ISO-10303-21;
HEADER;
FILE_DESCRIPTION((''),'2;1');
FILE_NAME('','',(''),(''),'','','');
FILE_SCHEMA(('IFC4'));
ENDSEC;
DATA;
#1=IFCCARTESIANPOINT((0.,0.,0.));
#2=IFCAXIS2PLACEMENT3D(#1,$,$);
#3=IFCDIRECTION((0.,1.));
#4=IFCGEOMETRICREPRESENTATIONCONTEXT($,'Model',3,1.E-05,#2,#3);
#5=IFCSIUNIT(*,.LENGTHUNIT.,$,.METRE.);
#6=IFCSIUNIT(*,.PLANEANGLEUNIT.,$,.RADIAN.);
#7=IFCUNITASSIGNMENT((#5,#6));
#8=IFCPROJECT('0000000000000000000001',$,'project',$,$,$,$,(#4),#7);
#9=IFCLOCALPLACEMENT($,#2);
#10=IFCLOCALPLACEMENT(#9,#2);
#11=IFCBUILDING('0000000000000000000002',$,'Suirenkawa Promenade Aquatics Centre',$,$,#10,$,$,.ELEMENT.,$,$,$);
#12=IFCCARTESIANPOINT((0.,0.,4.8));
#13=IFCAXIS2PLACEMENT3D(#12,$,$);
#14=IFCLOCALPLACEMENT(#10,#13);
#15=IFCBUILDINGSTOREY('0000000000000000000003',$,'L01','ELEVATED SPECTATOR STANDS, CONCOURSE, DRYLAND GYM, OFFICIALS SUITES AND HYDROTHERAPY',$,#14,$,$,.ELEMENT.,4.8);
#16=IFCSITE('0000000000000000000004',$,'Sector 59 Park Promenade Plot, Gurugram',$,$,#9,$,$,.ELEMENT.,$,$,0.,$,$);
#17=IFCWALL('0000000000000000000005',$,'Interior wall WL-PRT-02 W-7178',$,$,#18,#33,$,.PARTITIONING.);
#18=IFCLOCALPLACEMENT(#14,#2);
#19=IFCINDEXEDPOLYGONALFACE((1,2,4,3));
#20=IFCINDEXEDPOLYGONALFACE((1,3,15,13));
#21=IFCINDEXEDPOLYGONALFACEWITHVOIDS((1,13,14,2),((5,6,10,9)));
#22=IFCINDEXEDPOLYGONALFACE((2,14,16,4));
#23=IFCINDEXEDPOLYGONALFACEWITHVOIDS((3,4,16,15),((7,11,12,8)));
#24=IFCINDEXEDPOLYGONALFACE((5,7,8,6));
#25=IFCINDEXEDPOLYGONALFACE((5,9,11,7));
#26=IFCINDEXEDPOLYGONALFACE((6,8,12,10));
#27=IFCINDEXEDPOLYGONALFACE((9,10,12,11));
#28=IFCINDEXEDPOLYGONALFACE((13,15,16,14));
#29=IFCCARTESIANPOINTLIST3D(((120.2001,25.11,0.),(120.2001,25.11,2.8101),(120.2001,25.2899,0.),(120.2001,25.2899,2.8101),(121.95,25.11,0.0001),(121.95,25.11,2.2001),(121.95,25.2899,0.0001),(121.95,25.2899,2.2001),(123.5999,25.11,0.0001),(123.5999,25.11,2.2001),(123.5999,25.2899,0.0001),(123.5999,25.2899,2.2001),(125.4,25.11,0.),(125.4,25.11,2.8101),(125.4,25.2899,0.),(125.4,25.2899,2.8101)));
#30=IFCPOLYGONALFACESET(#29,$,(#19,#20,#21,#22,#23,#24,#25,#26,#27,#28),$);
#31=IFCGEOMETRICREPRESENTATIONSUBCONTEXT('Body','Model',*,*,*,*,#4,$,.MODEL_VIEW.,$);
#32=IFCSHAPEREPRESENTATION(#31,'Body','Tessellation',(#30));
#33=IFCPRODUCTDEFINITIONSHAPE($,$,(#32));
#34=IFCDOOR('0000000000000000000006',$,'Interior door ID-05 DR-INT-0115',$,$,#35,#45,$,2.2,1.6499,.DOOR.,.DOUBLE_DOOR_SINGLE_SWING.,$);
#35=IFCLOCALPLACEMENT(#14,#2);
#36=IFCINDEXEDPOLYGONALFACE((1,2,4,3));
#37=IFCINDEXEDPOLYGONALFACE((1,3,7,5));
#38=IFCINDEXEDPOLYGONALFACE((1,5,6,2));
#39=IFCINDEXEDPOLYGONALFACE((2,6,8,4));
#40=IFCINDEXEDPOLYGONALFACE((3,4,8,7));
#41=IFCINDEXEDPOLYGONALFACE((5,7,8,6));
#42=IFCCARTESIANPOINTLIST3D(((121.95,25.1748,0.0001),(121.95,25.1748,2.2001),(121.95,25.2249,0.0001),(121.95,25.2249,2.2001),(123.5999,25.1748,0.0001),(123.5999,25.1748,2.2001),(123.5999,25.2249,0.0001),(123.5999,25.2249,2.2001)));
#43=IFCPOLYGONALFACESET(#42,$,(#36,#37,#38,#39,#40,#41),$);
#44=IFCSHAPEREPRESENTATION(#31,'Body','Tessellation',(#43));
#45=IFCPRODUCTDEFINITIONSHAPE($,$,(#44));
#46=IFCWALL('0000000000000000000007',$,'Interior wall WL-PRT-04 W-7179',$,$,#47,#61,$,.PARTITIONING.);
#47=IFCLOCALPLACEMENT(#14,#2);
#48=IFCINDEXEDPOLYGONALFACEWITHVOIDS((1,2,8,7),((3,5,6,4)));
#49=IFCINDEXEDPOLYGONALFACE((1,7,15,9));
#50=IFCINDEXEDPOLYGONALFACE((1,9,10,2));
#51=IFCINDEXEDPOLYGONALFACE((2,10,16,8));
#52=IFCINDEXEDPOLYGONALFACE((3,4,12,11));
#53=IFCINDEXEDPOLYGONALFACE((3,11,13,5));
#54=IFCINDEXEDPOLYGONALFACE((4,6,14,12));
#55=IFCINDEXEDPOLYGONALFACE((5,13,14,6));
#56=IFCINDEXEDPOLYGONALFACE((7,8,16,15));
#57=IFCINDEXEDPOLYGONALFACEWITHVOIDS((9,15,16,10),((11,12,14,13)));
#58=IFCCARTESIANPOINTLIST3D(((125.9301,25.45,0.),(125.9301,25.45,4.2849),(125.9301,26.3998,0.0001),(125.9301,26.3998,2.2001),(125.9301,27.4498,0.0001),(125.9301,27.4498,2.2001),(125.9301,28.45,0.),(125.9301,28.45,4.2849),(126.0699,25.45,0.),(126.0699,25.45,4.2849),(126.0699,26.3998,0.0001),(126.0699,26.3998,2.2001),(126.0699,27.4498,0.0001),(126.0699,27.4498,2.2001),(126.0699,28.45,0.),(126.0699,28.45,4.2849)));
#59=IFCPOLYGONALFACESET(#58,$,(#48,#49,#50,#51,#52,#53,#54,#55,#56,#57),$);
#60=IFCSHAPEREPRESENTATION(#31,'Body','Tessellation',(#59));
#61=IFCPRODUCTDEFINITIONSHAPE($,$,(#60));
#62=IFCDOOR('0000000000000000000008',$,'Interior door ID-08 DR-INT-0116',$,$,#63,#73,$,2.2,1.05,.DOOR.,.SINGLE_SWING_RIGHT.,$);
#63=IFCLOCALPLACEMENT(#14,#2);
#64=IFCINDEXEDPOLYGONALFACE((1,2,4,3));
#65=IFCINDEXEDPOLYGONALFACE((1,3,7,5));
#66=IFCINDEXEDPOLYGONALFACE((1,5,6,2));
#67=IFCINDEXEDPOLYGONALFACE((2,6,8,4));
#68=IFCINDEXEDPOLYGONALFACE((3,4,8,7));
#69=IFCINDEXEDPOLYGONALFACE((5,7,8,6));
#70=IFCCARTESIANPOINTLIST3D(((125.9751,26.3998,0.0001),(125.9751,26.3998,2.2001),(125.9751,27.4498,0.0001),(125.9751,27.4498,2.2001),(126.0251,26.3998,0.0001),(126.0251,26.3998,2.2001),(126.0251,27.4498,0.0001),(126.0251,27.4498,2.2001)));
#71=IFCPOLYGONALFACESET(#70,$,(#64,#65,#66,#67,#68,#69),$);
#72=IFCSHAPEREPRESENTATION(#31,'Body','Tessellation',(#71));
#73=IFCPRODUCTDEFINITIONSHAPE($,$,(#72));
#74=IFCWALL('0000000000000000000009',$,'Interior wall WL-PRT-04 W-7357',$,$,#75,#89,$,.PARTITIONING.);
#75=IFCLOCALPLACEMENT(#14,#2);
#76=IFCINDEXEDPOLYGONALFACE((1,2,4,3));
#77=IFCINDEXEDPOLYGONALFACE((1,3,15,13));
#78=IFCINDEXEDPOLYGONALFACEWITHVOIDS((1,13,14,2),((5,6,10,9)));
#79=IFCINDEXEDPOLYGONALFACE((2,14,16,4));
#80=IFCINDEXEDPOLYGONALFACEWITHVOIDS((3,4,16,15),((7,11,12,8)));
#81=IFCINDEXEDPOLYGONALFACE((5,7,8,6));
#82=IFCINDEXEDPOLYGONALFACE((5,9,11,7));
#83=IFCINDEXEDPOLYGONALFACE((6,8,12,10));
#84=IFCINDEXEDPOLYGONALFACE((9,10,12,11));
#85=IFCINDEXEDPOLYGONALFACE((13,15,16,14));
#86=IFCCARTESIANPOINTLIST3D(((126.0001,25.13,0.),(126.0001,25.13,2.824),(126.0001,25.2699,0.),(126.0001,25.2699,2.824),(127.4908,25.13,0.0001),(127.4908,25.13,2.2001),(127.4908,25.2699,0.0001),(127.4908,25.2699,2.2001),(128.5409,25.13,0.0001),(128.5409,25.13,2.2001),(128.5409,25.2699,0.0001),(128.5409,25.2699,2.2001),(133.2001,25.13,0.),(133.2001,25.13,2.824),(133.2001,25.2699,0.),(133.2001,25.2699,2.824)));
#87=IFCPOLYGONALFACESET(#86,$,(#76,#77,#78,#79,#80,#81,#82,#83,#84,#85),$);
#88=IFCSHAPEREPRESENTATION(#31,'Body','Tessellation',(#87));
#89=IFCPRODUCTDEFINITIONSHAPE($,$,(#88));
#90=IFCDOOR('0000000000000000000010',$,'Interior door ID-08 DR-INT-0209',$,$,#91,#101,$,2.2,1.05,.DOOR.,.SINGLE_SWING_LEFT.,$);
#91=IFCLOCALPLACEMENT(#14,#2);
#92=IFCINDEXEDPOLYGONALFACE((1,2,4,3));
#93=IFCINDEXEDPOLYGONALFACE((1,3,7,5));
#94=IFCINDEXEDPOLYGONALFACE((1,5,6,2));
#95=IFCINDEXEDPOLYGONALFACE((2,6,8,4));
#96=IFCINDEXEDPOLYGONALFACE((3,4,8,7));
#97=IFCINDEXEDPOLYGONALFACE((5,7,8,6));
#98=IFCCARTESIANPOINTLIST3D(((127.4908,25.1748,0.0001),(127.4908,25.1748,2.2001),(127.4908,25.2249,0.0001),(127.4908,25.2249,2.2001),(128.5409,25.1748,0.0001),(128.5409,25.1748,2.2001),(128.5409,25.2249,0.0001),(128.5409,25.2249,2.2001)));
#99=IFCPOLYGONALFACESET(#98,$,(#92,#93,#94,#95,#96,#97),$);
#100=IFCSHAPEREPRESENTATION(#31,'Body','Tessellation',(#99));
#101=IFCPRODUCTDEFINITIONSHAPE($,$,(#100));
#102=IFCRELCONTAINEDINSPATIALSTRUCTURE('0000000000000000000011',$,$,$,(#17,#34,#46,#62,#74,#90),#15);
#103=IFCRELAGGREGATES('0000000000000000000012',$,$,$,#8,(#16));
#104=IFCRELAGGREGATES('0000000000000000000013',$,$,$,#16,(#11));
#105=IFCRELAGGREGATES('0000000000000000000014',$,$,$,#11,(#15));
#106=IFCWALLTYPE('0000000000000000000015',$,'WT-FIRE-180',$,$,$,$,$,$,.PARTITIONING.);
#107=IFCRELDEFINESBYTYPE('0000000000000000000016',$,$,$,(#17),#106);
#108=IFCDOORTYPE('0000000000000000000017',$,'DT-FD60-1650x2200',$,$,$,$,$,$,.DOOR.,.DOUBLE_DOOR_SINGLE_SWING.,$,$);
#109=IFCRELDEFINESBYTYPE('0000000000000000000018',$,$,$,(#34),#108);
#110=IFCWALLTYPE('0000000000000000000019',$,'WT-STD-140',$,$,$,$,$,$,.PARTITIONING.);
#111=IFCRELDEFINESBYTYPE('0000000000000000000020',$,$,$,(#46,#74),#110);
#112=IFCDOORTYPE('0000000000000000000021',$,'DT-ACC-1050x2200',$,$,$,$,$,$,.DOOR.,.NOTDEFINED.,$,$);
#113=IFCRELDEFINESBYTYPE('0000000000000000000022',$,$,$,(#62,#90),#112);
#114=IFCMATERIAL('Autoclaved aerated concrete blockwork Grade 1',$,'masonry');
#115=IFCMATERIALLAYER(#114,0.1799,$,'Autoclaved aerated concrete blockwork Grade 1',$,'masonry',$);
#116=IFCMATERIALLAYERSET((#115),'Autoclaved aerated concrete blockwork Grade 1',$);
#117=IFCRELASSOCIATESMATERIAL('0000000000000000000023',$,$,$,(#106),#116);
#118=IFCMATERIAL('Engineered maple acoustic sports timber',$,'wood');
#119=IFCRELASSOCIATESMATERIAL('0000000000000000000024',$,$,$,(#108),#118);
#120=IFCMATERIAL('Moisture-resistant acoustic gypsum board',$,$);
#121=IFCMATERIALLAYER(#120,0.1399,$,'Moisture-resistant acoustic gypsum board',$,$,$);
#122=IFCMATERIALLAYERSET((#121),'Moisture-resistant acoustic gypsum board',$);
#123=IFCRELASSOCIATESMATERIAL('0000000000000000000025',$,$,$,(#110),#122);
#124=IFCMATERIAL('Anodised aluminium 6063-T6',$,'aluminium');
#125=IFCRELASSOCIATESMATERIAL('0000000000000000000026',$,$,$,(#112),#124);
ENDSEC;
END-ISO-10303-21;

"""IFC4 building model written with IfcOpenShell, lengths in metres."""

from ifc_helpers import new_model, si_unit, direction, frame, frame_2d, origin, place, context, subcontext, project, spatial, rectangle, extrude, material, layer, layer_set, type_object, element, fill, save


model = new_model("IFC4")

# Units and contexts
model_context = context("Model", 3, precision=1e-05, world=origin(), true_north=direction((0.0, 1.0)))
body_context = subcontext(model_context, "Body", "Model", "MODEL_VIEW")
ifc_project = project(units=[si_unit("LENGTHUNIT", "METRE"), si_unit("PLANEANGLEUNIT", "RADIAN")], contexts=[model_context])

# Site, building, storey
site_placement = place(None, origin())
site = spatial("IfcSite", under=ifc_project, at=site_placement, Name="Sector 59 Park Promenade Plot, Gurugram", CompositionType="ELEMENT", RefElevation=0.0)
building_placement = place(site_placement, origin())
building = spatial("IfcBuilding", under=site, at=building_placement, Name="Suirenkawa Promenade Aquatics Centre", CompositionType="ELEMENT")
storey_placement = place(building_placement, frame((0.0, 0.0, 4.8)))
storey = spatial("IfcBuildingStorey", under=building, at=storey_placement, Name="L01", Description="ELEVATED SPECTATOR STANDS, CONCOURSE, DRYLAND GYM, OFFICIALS SUITES AND HYDROTHERAPY", CompositionType="ELEMENT", Elevation=4.8)

# Shared definitions
ifc_material_1 = material(Name="Anodised aluminium 6063-T6", Category="aluminium")

# Walls, openings, doors
ifc_material_2 = material(Name="Autoclaved aerated concrete blockwork Grade 1", Category="masonry")
ifc_layer_1 = layer(ifc_material_2, 0.1799, Name="Autoclaved aerated concrete blockwork Grade 1", Category="masonry")
ifc_layer_set_1 = layer_set([ifc_layer_1], Name="Autoclaved aerated concrete blockwork Grade 1")
wall_type_1 = type_object("IfcWallType", Name="WT-FIRE-180", PredefinedType="PARTITIONING", material=ifc_layer_set_1)
wall_1_placement = place(storey_placement, frame((120.2, 25.2, 0.0), z_axis=(0.0, 0.0, 1.0), x_axis=(1.0, 0.0, 0.0)))
wall_1 = element("IfcWall", 1, at=wall_1_placement, inside=storey, type_object=wall_type_1, Name="Interior wall WL-PRT-02 W-7178", PredefinedType="PARTITIONING", context=body_context, shape_type="SweptSolid", body=[
    extrude(rectangle(XDim=5.2, YDim=0.1799, at=frame_2d((2.6001, 0.0))), origin(), (0.0, 0.0, 1.0), 2.8101),
])
opening_1_placement = place(wall_1_placement, frame((1.75, 0.0, 0.0)))
opening_1 = element("IfcOpeningElement", 2, at=opening_1_placement, cuts=wall_1, PredefinedType="OPENING", context=body_context, shape_type="SweptSolid", body=[
    extrude(rectangle(XDim=1.6499, YDim=2.2, at=frame_2d((0.825, 1.1001))), frame((0.0, 0.0999, 0.0), z_axis=(0.0, -1.0, 0.0), x_axis=(1.0, 0.0, 0.0)), (0.0, 0.0, 1.0), 0.2),
])
ifc_material_3 = material(Name="Engineered maple acoustic sports timber", Category="wood")
door_type_1 = type_object("IfcDoorType", Name="DT-FD60-1650x2200", OperationType="DOUBLE_DOOR_SINGLE_SWING", PredefinedType="DOOR", material=ifc_material_3)
door_1_placement = place(opening_1_placement, origin())
door_1 = element("IfcDoor", 3, at=door_1_placement, inside=storey, type_object=door_type_1, Name="Interior door ID-05 DR-INT-0115", OperationType="DOUBLE_DOOR_SINGLE_SWING", OverallHeight=2.2, OverallWidth=1.6499, PredefinedType="DOOR", context=body_context, shape_type="SweptSolid", body=[
    extrude(rectangle(XDim=1.6499, YDim=2.2, at=frame_2d((0.825, 1.1001))), frame((0.0, 0.0249, 0.0), z_axis=(0.0, -1.0, 0.0), x_axis=(1.0, 0.0, 0.0)), (0.0, 0.0, 1.0), 0.05),
])
fill(opening_1, door_1)
ifc_material_4 = material(Name="Moisture-resistant acoustic gypsum board")
ifc_layer_2 = layer(ifc_material_4, 0.1399, Name="Moisture-resistant acoustic gypsum board")
ifc_layer_set_2 = layer_set([ifc_layer_2], Name="Moisture-resistant acoustic gypsum board")
wall_type_2 = type_object("IfcWallType", Name="WT-STD-140", PredefinedType="PARTITIONING", material=ifc_layer_set_2)
wall_2_placement = place(storey_placement, frame((126.0, 25.45, 0.0), z_axis=(0.0, 0.0, 1.0), x_axis=(0.0, 1.0, 0.0)))
wall_2 = element("IfcWall", 4, at=wall_2_placement, inside=storey, type_object=wall_type_2, Name="Interior wall WL-PRT-04 W-7179", PredefinedType="PARTITIONING", context=body_context, shape_type="SweptSolid", body=[
    extrude(rectangle(XDim=3.0, YDim=0.1399, at=frame_2d((1.5, 0.0))), origin(), (0.0, 0.0, 1.0), 4.2849),
])
opening_2_placement = place(wall_2_placement, frame((0.95, 0.0, 0.0)))
opening_2 = element("IfcOpeningElement", 5, at=opening_2_placement, cuts=wall_2, PredefinedType="OPENING", context=body_context, shape_type="SweptSolid", body=[
    extrude(rectangle(XDim=1.05, YDim=2.2, at=frame_2d((0.5249, 1.1001))), frame((0.0, 0.0798, 0.0), z_axis=(0.0, -1.0, 0.0), x_axis=(1.0, 0.0, 0.0)), (0.0, 0.0, 1.0), 0.1599),
])
door_type_2 = type_object("IfcDoorType", Name="DT-ACC-1050x2200", OperationType="NOTDEFINED", PredefinedType="DOOR", material=ifc_material_1)
door_2_placement = place(opening_2_placement, origin())
door_2 = element("IfcDoor", 6, at=door_2_placement, inside=storey, type_object=door_type_2, Name="Interior door ID-08 DR-INT-0116", OperationType="SINGLE_SWING_RIGHT", OverallHeight=2.2, OverallWidth=1.05, PredefinedType="DOOR", context=body_context, shape_type="SweptSolid", body=[
    extrude(rectangle(XDim=1.05, YDim=2.2, at=frame_2d((0.5249, 1.1001))), frame((0.0, 0.0249, 0.0), z_axis=(0.0, -1.0, 0.0), x_axis=(1.0, 0.0, 0.0)), (0.0, 0.0, 1.0), 0.05),
])
fill(opening_2, door_2)
wall_3_placement = place(storey_placement, frame((126.0, 25.2, 0.0), z_axis=(0.0, 0.0, 1.0), x_axis=(1.0, 0.0, 0.0)))
wall_3 = element("IfcWall", 7, at=wall_3_placement, inside=storey, type_object=wall_type_2, Name="Interior wall WL-PRT-04 W-7357", PredefinedType="PARTITIONING", context=body_context, shape_type="SweptSolid", body=[
    extrude(rectangle(XDim=7.2, YDim=0.1399, at=frame_2d((3.6001, 0.0))), origin(), (0.0, 0.0, 1.0), 2.824),
])
opening_3_placement = place(wall_3_placement, frame((1.491, 0.0, 0.0)))
opening_3 = element("IfcOpeningElement", 8, at=opening_3_placement, cuts=wall_3, PredefinedType="OPENING", context=body_context, shape_type="SweptSolid", body=[
    extrude(rectangle(XDim=1.05, YDim=2.2, at=frame_2d((0.5249, 1.1001))), frame((0.0, 0.0798, 0.0), z_axis=(0.0, -1.0, 0.0), x_axis=(1.0, 0.0, 0.0)), (0.0, 0.0, 1.0), 0.1599),
])
door_3_placement = place(opening_3_placement, origin())
door_3 = element("IfcDoor", 9, at=door_3_placement, inside=storey, type_object=door_type_2, Name="Interior door ID-08 DR-INT-0209", OperationType="SINGLE_SWING_LEFT", OverallHeight=2.2, OverallWidth=1.05, PredefinedType="DOOR", context=body_context, shape_type="SweptSolid", body=[
    extrude(rectangle(XDim=1.05, YDim=2.2, at=frame_2d((0.5249, 1.1001))), frame((0.0, 0.0249, 0.0), z_axis=(0.0, -1.0, 0.0), x_axis=(1.0, 0.0, 0.0)), (0.0, 0.0, 1.0), 0.05),
])
fill(opening_3, door_3)

save(model, "model.ifc")
